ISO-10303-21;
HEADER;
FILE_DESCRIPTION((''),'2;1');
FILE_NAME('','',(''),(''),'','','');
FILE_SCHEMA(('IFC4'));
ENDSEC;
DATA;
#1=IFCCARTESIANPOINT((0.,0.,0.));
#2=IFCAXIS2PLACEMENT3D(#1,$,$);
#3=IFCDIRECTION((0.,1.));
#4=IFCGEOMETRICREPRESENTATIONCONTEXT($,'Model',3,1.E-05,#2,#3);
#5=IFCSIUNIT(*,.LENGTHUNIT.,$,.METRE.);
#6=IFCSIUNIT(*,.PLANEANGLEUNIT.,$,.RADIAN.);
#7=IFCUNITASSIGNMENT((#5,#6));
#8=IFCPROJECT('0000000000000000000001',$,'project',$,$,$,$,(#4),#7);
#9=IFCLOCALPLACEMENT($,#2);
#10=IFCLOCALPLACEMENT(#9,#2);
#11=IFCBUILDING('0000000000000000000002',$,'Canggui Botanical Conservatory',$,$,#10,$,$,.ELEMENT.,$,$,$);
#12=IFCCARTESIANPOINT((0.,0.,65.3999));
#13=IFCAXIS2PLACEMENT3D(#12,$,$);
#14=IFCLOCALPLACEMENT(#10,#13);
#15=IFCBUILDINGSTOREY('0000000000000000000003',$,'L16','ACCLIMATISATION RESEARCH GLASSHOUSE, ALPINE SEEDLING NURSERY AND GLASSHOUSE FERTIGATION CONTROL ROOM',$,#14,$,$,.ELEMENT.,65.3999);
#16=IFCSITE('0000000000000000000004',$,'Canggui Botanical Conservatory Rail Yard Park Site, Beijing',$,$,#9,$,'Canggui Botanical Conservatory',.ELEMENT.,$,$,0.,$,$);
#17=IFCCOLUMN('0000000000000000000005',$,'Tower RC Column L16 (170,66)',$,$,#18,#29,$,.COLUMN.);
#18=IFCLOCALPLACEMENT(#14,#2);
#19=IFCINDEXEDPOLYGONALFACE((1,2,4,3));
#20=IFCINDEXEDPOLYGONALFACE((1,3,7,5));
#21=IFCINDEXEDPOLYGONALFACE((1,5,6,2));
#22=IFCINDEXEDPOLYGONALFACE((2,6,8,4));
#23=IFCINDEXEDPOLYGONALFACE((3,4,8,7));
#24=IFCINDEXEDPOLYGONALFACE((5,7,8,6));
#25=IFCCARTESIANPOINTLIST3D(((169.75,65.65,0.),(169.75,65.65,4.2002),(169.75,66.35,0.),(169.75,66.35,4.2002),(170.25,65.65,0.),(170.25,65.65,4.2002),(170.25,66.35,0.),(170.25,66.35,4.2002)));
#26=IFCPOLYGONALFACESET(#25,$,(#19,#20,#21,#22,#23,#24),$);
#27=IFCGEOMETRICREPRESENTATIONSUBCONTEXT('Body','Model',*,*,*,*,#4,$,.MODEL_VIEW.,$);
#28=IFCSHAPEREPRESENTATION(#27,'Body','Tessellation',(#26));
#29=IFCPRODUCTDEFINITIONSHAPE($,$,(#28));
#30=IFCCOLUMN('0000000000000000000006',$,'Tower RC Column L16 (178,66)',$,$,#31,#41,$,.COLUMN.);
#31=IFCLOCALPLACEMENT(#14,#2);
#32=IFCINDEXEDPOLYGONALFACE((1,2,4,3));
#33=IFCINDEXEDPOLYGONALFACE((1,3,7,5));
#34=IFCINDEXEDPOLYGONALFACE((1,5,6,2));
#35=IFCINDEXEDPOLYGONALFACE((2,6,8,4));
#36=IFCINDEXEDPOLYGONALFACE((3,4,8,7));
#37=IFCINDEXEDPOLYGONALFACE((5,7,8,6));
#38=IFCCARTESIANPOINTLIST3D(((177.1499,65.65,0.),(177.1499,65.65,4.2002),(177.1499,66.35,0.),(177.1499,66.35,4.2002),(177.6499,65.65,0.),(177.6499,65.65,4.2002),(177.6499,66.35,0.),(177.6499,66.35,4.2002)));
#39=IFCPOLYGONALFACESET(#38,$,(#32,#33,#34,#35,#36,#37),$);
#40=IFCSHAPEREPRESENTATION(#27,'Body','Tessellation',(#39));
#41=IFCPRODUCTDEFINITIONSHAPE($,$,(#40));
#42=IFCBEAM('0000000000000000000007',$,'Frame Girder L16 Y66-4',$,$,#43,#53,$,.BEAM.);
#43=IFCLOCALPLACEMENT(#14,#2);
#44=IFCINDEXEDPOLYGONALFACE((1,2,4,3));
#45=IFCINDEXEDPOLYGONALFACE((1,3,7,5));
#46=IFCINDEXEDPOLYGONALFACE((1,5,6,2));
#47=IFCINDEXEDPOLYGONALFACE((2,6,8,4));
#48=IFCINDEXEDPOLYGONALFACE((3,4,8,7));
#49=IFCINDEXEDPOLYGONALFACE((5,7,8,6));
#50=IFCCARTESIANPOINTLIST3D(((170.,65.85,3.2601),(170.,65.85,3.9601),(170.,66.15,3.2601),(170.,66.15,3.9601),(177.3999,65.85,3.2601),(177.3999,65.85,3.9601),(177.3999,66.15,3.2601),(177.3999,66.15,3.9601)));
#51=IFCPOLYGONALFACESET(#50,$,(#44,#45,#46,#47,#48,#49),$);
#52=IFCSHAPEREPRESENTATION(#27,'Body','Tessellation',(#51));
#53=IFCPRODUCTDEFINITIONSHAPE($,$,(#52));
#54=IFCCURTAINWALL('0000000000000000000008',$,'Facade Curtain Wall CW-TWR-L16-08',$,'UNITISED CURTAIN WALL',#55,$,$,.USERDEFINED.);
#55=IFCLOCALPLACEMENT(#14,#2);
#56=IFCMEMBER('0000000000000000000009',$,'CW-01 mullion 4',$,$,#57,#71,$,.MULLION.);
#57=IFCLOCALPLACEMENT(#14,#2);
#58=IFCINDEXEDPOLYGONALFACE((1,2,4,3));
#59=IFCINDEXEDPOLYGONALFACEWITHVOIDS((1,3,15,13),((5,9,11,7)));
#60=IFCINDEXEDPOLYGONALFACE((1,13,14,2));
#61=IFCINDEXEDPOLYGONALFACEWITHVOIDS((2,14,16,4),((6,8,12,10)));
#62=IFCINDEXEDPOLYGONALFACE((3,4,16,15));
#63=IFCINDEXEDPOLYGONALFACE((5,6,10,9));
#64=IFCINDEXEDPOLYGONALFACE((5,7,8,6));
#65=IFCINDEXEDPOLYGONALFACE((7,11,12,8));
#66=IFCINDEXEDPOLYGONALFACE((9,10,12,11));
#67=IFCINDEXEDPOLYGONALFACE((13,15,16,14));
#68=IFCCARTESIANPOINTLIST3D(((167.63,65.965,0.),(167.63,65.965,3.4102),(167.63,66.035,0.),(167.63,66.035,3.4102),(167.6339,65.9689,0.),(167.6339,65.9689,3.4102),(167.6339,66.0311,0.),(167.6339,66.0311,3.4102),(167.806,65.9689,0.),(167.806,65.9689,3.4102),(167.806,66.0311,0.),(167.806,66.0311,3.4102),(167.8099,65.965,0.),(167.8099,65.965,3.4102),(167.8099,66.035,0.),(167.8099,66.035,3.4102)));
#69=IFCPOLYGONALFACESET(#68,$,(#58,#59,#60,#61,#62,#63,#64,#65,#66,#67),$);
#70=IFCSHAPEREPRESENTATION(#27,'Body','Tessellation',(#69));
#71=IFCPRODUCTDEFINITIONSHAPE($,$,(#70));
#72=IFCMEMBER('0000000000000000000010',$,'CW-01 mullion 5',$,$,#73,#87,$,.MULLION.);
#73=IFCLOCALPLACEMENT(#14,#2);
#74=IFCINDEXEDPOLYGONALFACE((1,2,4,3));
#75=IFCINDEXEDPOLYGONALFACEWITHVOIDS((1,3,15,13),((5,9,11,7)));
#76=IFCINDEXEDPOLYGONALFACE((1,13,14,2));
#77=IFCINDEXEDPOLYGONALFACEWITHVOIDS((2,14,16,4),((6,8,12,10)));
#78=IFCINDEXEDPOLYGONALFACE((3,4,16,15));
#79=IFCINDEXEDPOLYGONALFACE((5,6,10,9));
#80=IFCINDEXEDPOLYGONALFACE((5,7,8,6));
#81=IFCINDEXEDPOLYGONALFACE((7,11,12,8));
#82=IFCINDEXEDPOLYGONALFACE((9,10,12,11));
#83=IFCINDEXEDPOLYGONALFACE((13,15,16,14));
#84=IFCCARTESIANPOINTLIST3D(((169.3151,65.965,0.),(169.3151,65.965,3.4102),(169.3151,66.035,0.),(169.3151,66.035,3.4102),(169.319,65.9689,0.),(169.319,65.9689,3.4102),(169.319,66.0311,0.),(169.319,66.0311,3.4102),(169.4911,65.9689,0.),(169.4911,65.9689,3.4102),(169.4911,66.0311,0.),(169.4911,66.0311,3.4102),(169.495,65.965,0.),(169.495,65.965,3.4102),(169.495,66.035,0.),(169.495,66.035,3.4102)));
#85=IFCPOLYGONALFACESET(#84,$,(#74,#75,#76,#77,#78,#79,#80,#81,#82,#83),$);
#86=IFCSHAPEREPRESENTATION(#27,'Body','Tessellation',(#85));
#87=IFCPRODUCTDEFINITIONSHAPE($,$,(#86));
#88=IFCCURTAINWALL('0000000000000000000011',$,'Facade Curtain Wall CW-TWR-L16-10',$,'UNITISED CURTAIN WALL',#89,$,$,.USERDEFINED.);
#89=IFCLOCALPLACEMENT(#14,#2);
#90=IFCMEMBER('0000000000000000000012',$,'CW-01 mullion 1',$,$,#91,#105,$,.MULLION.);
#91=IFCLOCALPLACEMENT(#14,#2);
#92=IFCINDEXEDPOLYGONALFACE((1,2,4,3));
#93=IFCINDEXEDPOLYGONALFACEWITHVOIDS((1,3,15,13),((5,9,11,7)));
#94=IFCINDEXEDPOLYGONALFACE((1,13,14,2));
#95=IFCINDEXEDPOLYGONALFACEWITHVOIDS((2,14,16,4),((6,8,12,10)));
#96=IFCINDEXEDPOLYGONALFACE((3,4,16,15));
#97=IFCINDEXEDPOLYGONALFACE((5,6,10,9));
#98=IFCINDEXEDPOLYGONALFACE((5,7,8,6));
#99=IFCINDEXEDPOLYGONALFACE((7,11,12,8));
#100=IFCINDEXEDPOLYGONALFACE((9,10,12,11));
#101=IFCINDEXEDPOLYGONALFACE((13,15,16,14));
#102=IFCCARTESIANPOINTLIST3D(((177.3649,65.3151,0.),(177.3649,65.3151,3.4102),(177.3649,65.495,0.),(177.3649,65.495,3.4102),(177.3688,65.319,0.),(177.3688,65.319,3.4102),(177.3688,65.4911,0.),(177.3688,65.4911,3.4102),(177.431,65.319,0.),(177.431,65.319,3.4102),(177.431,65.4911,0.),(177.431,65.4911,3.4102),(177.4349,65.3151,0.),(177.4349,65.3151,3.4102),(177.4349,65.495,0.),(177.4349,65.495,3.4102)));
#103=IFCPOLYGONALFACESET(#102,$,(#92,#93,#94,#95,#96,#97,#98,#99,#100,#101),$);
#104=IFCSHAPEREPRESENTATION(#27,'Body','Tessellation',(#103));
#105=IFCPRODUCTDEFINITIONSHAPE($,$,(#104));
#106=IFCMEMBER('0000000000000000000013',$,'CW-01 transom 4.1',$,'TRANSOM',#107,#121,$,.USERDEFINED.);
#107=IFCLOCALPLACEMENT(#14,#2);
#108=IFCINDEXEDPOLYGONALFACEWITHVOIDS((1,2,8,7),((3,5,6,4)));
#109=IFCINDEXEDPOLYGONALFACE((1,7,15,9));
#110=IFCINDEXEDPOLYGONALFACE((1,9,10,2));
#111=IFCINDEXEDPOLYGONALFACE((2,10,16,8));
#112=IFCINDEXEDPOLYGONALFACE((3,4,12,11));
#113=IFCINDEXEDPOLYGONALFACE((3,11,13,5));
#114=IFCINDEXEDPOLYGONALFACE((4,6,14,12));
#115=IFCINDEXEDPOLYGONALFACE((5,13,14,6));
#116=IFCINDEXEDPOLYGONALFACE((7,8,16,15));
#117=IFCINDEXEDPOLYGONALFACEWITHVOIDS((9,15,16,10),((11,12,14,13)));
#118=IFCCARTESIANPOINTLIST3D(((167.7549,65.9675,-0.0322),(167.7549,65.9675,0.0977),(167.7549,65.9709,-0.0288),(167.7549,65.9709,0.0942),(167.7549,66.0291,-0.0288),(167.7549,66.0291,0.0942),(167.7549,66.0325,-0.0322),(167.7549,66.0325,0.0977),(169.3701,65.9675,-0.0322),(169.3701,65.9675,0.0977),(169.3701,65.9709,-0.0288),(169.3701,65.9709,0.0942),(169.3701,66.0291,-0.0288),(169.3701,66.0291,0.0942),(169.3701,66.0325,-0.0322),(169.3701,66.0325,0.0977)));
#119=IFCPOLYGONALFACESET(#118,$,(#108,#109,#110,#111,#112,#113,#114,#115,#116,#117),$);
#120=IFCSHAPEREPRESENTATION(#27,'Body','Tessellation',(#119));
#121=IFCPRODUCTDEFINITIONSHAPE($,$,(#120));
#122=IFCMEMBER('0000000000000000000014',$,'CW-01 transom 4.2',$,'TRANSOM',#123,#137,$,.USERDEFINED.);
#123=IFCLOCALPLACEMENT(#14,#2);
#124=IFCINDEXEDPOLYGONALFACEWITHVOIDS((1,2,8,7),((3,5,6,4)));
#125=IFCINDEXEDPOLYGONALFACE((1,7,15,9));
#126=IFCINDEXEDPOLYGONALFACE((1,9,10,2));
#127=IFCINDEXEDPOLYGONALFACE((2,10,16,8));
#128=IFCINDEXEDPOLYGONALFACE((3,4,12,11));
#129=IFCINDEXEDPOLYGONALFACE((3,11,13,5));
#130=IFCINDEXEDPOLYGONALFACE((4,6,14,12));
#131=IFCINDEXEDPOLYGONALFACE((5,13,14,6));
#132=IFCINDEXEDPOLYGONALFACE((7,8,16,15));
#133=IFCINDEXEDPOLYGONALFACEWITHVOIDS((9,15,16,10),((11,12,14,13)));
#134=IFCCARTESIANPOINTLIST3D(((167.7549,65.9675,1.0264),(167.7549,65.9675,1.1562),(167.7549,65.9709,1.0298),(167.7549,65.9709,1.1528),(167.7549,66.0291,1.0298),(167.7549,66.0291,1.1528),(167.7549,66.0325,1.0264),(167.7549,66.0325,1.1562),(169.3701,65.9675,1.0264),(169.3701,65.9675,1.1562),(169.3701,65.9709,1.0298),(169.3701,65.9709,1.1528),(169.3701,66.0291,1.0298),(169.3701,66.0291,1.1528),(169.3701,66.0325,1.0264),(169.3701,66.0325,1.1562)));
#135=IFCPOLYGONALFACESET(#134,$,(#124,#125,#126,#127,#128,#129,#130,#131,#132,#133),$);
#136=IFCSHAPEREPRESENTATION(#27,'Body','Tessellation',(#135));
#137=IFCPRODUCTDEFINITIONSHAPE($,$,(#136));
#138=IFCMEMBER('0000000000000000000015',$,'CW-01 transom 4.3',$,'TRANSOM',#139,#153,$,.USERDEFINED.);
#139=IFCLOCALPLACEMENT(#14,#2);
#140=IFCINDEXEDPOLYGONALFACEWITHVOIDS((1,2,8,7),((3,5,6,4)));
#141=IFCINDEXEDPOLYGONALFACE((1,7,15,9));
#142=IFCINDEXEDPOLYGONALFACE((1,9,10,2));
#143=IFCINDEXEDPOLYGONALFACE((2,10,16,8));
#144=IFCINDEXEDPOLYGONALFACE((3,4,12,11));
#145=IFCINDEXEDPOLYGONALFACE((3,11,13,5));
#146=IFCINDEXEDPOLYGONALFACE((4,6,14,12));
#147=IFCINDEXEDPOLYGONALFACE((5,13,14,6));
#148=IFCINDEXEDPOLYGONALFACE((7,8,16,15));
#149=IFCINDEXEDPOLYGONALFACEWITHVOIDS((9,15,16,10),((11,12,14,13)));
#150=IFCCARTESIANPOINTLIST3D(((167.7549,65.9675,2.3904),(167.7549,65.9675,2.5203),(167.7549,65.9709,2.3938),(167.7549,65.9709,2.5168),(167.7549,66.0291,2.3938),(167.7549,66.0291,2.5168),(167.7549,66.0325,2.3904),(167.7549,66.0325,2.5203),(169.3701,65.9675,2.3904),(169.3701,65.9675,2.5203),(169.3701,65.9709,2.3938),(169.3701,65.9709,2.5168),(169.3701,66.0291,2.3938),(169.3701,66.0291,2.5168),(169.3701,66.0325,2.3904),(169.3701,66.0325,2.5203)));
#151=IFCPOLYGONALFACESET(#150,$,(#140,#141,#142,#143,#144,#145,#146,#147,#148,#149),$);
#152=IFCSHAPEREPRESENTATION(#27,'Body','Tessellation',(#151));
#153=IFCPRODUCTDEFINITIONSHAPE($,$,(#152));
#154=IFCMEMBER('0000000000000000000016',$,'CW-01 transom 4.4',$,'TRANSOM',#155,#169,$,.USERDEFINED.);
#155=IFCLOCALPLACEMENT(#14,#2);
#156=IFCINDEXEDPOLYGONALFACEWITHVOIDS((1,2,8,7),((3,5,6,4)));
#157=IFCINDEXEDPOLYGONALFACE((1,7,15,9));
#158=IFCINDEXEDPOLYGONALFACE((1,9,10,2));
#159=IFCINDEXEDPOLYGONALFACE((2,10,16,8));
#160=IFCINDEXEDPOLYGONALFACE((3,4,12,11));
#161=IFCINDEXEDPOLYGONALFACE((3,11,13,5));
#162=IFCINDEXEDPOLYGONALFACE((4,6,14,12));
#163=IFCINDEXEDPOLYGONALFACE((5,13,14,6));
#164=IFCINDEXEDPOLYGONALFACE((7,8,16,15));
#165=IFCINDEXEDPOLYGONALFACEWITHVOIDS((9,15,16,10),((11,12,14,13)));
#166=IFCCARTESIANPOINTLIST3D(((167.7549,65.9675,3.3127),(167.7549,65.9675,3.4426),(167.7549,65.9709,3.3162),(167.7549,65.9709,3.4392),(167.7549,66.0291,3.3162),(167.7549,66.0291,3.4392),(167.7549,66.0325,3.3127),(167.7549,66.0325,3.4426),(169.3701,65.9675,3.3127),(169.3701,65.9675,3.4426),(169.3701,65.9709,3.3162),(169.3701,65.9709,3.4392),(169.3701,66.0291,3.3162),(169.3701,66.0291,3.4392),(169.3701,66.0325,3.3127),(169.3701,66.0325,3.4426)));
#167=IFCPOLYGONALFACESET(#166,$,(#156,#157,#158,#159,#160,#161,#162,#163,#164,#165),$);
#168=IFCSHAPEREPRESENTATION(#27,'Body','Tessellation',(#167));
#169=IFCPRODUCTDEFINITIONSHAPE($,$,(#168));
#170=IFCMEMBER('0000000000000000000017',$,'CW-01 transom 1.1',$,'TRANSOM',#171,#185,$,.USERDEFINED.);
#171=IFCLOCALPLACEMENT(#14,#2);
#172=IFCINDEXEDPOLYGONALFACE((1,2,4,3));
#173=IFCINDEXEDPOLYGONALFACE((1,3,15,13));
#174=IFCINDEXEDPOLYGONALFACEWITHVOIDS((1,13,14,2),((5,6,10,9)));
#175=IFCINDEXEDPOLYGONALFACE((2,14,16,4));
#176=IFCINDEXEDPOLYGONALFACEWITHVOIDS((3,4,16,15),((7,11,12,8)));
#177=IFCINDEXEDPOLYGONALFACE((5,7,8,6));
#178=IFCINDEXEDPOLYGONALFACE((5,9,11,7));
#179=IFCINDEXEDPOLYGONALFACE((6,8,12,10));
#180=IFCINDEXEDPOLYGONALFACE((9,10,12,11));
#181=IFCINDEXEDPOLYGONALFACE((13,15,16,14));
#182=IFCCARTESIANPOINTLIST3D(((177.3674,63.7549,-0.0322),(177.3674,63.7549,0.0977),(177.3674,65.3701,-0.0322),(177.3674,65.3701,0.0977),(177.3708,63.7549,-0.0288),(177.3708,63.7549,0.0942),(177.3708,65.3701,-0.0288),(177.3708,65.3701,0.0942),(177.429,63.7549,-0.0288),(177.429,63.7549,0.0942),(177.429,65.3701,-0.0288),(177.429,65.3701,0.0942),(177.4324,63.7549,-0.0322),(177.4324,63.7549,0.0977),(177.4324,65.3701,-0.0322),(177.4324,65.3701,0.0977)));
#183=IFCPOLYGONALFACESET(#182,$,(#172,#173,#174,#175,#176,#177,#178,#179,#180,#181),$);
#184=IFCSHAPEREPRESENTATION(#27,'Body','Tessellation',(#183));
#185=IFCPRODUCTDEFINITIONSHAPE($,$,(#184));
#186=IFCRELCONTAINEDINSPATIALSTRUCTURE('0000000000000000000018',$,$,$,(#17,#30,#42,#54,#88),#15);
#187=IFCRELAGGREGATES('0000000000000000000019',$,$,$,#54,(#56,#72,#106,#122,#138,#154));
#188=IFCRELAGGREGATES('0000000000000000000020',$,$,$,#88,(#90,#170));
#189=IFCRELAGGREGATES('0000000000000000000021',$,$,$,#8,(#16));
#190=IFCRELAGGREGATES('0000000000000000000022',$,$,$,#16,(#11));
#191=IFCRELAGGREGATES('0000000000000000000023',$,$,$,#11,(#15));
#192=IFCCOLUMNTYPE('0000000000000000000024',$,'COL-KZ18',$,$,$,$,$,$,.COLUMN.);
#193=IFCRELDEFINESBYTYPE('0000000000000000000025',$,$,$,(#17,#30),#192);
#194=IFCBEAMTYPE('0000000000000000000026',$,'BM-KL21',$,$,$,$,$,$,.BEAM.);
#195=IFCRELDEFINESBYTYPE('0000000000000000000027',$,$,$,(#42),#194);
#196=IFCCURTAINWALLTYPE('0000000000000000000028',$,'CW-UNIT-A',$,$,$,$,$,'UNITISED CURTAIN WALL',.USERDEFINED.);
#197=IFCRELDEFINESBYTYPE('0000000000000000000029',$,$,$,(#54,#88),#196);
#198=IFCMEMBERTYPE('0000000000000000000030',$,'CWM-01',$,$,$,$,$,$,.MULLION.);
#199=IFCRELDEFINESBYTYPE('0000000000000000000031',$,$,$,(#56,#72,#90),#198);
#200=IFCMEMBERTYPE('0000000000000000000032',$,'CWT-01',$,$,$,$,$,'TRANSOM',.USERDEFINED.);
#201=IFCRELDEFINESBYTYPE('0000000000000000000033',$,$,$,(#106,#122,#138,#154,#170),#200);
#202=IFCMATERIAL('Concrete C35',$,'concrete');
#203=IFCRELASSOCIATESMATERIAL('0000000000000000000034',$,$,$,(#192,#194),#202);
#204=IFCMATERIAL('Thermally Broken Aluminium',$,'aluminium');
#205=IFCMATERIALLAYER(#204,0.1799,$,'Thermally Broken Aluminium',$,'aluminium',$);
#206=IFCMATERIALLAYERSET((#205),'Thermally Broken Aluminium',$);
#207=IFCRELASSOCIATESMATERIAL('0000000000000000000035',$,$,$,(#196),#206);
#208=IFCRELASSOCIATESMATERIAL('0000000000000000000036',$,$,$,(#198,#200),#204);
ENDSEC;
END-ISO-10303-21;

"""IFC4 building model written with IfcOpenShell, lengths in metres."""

from ifc_helpers import new_model, si_unit, direction, frame, origin, origin_2d, place, context, subcontext, project, spatial, rectangle, hollow_rectangle, extrude, material, layer, layer_set, material_profile, profile_set, type_object, element, aggregate, save


model = new_model("IFC4")

# Units and contexts
model_context = context("Model", 3, precision=1e-05, world=origin(), true_north=direction((0.0, 1.0)))
body_context = subcontext(model_context, "Body", "Model", "MODEL_VIEW")
ifc_project = project(units=[si_unit("LENGTHUNIT", "METRE"), si_unit("PLANEANGLEUNIT", "RADIAN")], contexts=[model_context])

# Site, building, storey
site_placement = place(None, origin())
site = spatial("IfcSite", under=ifc_project, at=site_placement, Name="Canggui Botanical Conservatory Rail Yard Park Site, Beijing", LongName="Canggui Botanical Conservatory", CompositionType="ELEMENT", RefElevation=0.0)
building_placement = place(site_placement, origin())
building = spatial("IfcBuilding", under=site, at=building_placement, Name="Canggui Botanical Conservatory", CompositionType="ELEMENT")
storey_placement = place(building_placement, frame((0.0, 0.0, 65.3999)))
storey = spatial("IfcBuildingStorey", under=building, at=storey_placement, Name="L16", Description="ACCLIMATISATION RESEARCH GLASSHOUSE, ALPINE SEEDLING NURSERY AND GLASSHOUSE FERTIGATION CONTROL ROOM", CompositionType="ELEMENT", Elevation=65.3999)

# Columns
ifc_material_1 = material(Name="Concrete C35", Category="concrete")
ifc_material_profile_1 = material_profile(ifc_material_1, rectangle(XDim=0.5, YDim=0.7, at=origin_2d()), Name="RC 500x700")
ifc_profile_set_1 = profile_set([ifc_material_profile_1], Name="Concrete C35")
column_type = type_object("IfcColumnType", Name="COL-KZ18", PredefinedType="COLUMN", material=ifc_profile_set_1)
for number, where, z_axis, x_axis, name in (
    (1, (170.0, 66.0, 0.0), (0.0, 0.0, 1.0), (1.0, 0.0, 0.0), "Tower RC Column L16 (170,66)"),
    (2, (177.3999, 66.0, 0.0), (0.0, 0.0, 1.0), (1.0, 0.0, 0.0), "Tower RC Column L16 (178,66)"),
):
    element("IfcColumn", number, at=place(storey_placement, frame(where, z_axis=z_axis, x_axis=x_axis)), inside=storey, type_object=column_type, Name=name, PredefinedType="COLUMN", context=body_context, shape_type="SweptSolid", body=[
        extrude(rectangle(XDim=0.5, YDim=0.7, at=origin_2d()), origin(), (0.0, 0.0, 1.0), 4.2002),
    ])

# Beam
ifc_material_profile_2 = material_profile(ifc_material_1, rectangle(XDim=0.3, YDim=0.7, at=origin_2d()), Name="RB 300x700")
ifc_profile_set_2 = profile_set([ifc_material_profile_2], Name="Concrete C35")
beam_type = type_object("IfcBeamType", Name="BM-KL21", PredefinedType="BEAM", material=ifc_profile_set_2)
beam_placement = place(storey_placement, frame((170.0, 66.0, 3.6101), z_axis=(1.0, 0.0, 0.0), x_axis=(0.0, 1.0, 0.0)))
element("IfcBeam", 3, at=beam_placement, inside=storey, type_object=beam_type, Name="Frame Girder L16 Y66-4", PredefinedType="BEAM", context=body_context, shape_type="SweptSolid", body=[
    extrude(rectangle(XDim=0.3, YDim=0.7, at=origin_2d()), origin(), (0.0, 0.0, 1.0), 7.3999),
])

# Curtain wall, members
ifc_material_2 = material(Name="Thermally Broken Aluminium", Category="aluminium")
ifc_layer_1 = layer(ifc_material_2, 0.1799, Name="Thermally Broken Aluminium", Category="aluminium")
ifc_layer_set_1 = layer_set([ifc_layer_1], Name="Thermally Broken Aluminium")
curtain_wall_type = type_object("IfcCurtainWallType", Name="CW-UNIT-A", ElementType="UNITISED CURTAIN WALL", PredefinedType="USERDEFINED", material=ifc_layer_set_1)
curtain_wall_1_placement = place(storey_placement, origin())
curtain_wall_1 = element("IfcCurtainWall", 4, at=curtain_wall_1_placement, inside=storey, type_object=curtain_wall_type, Name="Facade Curtain Wall CW-TWR-L16-08", ObjectType="UNITISED CURTAIN WALL", PredefinedType="USERDEFINED")
ifc_material_profile_3 = material_profile(ifc_material_2, hollow_rectangle(XDim=0.0701, YDim=0.1799, WallThickness=0.0039, at=origin_2d()), Name="CWM 70x180x4")
ifc_profile_set_3 = profile_set([ifc_material_profile_3], Name="Thermally Broken Aluminium")
member_type_1 = type_object("IfcMemberType", Name="CWM-01", PredefinedType="MULLION", material=ifc_profile_set_3)
member_1_placement = place(storey_placement, frame((167.72, 66.0, 0.0), z_axis=(0.0, 0.0, 1.0), x_axis=(0.0, 1.0, 0.0)))
member_1 = element("IfcMember", 5, at=member_1_placement, type_object=member_type_1, Name="CW-01 mullion 4", PredefinedType="MULLION", context=body_context, shape_type="SweptSolid", body=[
    extrude(hollow_rectangle(XDim=0.0701, YDim=0.1799, WallThickness=0.0039, at=origin_2d()), origin(), (0.0, 0.0, 1.0), 3.4102),
])
member_2_placement = place(storey_placement, frame((169.405, 66.0, 0.0), z_axis=(0.0, 0.0, 1.0), x_axis=(0.0, 1.0, 0.0)))
member_2 = element("IfcMember", 6, at=member_2_placement, type_object=member_type_1, Name="CW-01 mullion 5", PredefinedType="MULLION", context=body_context, shape_type="SweptSolid", body=[
    extrude(hollow_rectangle(XDim=0.0701, YDim=0.1799, WallThickness=0.0039, at=origin_2d()), origin(), (0.0, 0.0, 1.0), 3.4102),
])

# Curtain wall, member
curtain_wall_2_placement = place(storey_placement, origin())
curtain_wall_2 = element("IfcCurtainWall", 7, at=curtain_wall_2_placement, inside=storey, type_object=curtain_wall_type, Name="Facade Curtain Wall CW-TWR-L16-10", ObjectType="UNITISED CURTAIN WALL", PredefinedType="USERDEFINED")
member_3_placement = place(storey_placement, frame((177.3999, 65.405, 0.0), z_axis=(0.0, 0.0, 1.0), x_axis=(1.0, 0.0, 0.0)))
member_3 = element("IfcMember", 8, at=member_3_placement, type_object=member_type_1, Name="CW-01 mullion 1", PredefinedType="MULLION", context=body_context, shape_type="SweptSolid", body=[
    extrude(hollow_rectangle(XDim=0.0701, YDim=0.1799, WallThickness=0.0039, at=origin_2d()), origin(), (0.0, 0.0, 1.0), 3.4102),
])

# Members
ifc_material_profile_4 = material_profile(ifc_material_2, hollow_rectangle(XDim=0.0649, YDim=0.1299, WallThickness=0.0034, at=origin_2d()), Name="CWT 65x130x3.5")
ifc_profile_set_4 = profile_set([ifc_material_profile_4], Name="Thermally Broken Aluminium")
member_type_2 = type_object("IfcMemberType", Name="CWT-01", ElementType="TRANSOM", PredefinedType="USERDEFINED", material=ifc_profile_set_4)
member_4_placement = place(storey_placement, frame((167.7549, 66.0, 0.0327), z_axis=(1.0, 0.0, 0.0), x_axis=(0.0, 1.0, 0.0)))
member_4 = element("IfcMember", 9, at=member_4_placement, type_object=member_type_2, Name="CW-01 transom 4.1", ObjectType="TRANSOM", PredefinedType="USERDEFINED", context=body_context, shape_type="SweptSolid", body=[
    extrude(hollow_rectangle(XDim=0.0649, YDim=0.1299, WallThickness=0.0034, at=origin_2d()), origin(), (0.0, 0.0, 1.0), 1.6152),
])
member_5_placement = place(storey_placement, frame((167.7549, 66.0, 1.0913), z_axis=(1.0, 0.0, 0.0), x_axis=(0.0, 1.0, 0.0)))
member_5 = element("IfcMember", 10, at=member_5_placement, type_object=member_type_2, Name="CW-01 transom 4.2", ObjectType="TRANSOM", PredefinedType="USERDEFINED", context=body_context, shape_type="SweptSolid", body=[
    extrude(hollow_rectangle(XDim=0.0649, YDim=0.1299, WallThickness=0.0034, at=origin_2d()), origin(), (0.0, 0.0, 1.0), 1.6152),
])
member_6_placement = place(storey_placement, frame((167.7549, 66.0, 2.4553), z_axis=(1.0, 0.0, 0.0), x_axis=(0.0, 1.0, 0.0)))
member_6 = element("IfcMember", 11, at=member_6_placement, type_object=member_type_2, Name="CW-01 transom 4.3", ObjectType="TRANSOM", PredefinedType="USERDEFINED", context=body_context, shape_type="SweptSolid", body=[
    extrude(hollow_rectangle(XDim=0.0649, YDim=0.1299, WallThickness=0.0034, at=origin_2d()), origin(), (0.0, 0.0, 1.0), 1.6152),
])
member_7_placement = place(storey_placement, frame((167.7549, 66.0, 3.3777), z_axis=(1.0, 0.0, 0.0), x_axis=(0.0, 1.0, 0.0)))
member_7 = element("IfcMember", 12, at=member_7_placement, type_object=member_type_2, Name="CW-01 transom 4.4", ObjectType="TRANSOM", PredefinedType="USERDEFINED", context=body_context, shape_type="SweptSolid", body=[
    extrude(hollow_rectangle(XDim=0.0649, YDim=0.1299, WallThickness=0.0034, at=origin_2d()), origin(), (0.0, 0.0, 1.0), 1.6152),
])
member_8_placement = place(storey_placement, frame((177.3999, 65.3701, 0.0327), z_axis=(0.0, -1.0, 0.0), x_axis=(1.0, 0.0, 0.0)))
member_8 = element("IfcMember", 13, at=member_8_placement, type_object=member_type_2, Name="CW-01 transom 1.1", ObjectType="TRANSOM", PredefinedType="USERDEFINED", context=body_context, shape_type="SweptSolid", body=[
    extrude(hollow_rectangle(XDim=0.0649, YDim=0.1299, WallThickness=0.0034, at=origin_2d()), origin(), (0.0, 0.0, 1.0), 1.6152),
])

aggregate(curtain_wall_1, [member_1, member_2, member_4, member_5, member_6, member_7])
aggregate(curtain_wall_2, [member_3, member_8])

save(model, "model.ifc")
